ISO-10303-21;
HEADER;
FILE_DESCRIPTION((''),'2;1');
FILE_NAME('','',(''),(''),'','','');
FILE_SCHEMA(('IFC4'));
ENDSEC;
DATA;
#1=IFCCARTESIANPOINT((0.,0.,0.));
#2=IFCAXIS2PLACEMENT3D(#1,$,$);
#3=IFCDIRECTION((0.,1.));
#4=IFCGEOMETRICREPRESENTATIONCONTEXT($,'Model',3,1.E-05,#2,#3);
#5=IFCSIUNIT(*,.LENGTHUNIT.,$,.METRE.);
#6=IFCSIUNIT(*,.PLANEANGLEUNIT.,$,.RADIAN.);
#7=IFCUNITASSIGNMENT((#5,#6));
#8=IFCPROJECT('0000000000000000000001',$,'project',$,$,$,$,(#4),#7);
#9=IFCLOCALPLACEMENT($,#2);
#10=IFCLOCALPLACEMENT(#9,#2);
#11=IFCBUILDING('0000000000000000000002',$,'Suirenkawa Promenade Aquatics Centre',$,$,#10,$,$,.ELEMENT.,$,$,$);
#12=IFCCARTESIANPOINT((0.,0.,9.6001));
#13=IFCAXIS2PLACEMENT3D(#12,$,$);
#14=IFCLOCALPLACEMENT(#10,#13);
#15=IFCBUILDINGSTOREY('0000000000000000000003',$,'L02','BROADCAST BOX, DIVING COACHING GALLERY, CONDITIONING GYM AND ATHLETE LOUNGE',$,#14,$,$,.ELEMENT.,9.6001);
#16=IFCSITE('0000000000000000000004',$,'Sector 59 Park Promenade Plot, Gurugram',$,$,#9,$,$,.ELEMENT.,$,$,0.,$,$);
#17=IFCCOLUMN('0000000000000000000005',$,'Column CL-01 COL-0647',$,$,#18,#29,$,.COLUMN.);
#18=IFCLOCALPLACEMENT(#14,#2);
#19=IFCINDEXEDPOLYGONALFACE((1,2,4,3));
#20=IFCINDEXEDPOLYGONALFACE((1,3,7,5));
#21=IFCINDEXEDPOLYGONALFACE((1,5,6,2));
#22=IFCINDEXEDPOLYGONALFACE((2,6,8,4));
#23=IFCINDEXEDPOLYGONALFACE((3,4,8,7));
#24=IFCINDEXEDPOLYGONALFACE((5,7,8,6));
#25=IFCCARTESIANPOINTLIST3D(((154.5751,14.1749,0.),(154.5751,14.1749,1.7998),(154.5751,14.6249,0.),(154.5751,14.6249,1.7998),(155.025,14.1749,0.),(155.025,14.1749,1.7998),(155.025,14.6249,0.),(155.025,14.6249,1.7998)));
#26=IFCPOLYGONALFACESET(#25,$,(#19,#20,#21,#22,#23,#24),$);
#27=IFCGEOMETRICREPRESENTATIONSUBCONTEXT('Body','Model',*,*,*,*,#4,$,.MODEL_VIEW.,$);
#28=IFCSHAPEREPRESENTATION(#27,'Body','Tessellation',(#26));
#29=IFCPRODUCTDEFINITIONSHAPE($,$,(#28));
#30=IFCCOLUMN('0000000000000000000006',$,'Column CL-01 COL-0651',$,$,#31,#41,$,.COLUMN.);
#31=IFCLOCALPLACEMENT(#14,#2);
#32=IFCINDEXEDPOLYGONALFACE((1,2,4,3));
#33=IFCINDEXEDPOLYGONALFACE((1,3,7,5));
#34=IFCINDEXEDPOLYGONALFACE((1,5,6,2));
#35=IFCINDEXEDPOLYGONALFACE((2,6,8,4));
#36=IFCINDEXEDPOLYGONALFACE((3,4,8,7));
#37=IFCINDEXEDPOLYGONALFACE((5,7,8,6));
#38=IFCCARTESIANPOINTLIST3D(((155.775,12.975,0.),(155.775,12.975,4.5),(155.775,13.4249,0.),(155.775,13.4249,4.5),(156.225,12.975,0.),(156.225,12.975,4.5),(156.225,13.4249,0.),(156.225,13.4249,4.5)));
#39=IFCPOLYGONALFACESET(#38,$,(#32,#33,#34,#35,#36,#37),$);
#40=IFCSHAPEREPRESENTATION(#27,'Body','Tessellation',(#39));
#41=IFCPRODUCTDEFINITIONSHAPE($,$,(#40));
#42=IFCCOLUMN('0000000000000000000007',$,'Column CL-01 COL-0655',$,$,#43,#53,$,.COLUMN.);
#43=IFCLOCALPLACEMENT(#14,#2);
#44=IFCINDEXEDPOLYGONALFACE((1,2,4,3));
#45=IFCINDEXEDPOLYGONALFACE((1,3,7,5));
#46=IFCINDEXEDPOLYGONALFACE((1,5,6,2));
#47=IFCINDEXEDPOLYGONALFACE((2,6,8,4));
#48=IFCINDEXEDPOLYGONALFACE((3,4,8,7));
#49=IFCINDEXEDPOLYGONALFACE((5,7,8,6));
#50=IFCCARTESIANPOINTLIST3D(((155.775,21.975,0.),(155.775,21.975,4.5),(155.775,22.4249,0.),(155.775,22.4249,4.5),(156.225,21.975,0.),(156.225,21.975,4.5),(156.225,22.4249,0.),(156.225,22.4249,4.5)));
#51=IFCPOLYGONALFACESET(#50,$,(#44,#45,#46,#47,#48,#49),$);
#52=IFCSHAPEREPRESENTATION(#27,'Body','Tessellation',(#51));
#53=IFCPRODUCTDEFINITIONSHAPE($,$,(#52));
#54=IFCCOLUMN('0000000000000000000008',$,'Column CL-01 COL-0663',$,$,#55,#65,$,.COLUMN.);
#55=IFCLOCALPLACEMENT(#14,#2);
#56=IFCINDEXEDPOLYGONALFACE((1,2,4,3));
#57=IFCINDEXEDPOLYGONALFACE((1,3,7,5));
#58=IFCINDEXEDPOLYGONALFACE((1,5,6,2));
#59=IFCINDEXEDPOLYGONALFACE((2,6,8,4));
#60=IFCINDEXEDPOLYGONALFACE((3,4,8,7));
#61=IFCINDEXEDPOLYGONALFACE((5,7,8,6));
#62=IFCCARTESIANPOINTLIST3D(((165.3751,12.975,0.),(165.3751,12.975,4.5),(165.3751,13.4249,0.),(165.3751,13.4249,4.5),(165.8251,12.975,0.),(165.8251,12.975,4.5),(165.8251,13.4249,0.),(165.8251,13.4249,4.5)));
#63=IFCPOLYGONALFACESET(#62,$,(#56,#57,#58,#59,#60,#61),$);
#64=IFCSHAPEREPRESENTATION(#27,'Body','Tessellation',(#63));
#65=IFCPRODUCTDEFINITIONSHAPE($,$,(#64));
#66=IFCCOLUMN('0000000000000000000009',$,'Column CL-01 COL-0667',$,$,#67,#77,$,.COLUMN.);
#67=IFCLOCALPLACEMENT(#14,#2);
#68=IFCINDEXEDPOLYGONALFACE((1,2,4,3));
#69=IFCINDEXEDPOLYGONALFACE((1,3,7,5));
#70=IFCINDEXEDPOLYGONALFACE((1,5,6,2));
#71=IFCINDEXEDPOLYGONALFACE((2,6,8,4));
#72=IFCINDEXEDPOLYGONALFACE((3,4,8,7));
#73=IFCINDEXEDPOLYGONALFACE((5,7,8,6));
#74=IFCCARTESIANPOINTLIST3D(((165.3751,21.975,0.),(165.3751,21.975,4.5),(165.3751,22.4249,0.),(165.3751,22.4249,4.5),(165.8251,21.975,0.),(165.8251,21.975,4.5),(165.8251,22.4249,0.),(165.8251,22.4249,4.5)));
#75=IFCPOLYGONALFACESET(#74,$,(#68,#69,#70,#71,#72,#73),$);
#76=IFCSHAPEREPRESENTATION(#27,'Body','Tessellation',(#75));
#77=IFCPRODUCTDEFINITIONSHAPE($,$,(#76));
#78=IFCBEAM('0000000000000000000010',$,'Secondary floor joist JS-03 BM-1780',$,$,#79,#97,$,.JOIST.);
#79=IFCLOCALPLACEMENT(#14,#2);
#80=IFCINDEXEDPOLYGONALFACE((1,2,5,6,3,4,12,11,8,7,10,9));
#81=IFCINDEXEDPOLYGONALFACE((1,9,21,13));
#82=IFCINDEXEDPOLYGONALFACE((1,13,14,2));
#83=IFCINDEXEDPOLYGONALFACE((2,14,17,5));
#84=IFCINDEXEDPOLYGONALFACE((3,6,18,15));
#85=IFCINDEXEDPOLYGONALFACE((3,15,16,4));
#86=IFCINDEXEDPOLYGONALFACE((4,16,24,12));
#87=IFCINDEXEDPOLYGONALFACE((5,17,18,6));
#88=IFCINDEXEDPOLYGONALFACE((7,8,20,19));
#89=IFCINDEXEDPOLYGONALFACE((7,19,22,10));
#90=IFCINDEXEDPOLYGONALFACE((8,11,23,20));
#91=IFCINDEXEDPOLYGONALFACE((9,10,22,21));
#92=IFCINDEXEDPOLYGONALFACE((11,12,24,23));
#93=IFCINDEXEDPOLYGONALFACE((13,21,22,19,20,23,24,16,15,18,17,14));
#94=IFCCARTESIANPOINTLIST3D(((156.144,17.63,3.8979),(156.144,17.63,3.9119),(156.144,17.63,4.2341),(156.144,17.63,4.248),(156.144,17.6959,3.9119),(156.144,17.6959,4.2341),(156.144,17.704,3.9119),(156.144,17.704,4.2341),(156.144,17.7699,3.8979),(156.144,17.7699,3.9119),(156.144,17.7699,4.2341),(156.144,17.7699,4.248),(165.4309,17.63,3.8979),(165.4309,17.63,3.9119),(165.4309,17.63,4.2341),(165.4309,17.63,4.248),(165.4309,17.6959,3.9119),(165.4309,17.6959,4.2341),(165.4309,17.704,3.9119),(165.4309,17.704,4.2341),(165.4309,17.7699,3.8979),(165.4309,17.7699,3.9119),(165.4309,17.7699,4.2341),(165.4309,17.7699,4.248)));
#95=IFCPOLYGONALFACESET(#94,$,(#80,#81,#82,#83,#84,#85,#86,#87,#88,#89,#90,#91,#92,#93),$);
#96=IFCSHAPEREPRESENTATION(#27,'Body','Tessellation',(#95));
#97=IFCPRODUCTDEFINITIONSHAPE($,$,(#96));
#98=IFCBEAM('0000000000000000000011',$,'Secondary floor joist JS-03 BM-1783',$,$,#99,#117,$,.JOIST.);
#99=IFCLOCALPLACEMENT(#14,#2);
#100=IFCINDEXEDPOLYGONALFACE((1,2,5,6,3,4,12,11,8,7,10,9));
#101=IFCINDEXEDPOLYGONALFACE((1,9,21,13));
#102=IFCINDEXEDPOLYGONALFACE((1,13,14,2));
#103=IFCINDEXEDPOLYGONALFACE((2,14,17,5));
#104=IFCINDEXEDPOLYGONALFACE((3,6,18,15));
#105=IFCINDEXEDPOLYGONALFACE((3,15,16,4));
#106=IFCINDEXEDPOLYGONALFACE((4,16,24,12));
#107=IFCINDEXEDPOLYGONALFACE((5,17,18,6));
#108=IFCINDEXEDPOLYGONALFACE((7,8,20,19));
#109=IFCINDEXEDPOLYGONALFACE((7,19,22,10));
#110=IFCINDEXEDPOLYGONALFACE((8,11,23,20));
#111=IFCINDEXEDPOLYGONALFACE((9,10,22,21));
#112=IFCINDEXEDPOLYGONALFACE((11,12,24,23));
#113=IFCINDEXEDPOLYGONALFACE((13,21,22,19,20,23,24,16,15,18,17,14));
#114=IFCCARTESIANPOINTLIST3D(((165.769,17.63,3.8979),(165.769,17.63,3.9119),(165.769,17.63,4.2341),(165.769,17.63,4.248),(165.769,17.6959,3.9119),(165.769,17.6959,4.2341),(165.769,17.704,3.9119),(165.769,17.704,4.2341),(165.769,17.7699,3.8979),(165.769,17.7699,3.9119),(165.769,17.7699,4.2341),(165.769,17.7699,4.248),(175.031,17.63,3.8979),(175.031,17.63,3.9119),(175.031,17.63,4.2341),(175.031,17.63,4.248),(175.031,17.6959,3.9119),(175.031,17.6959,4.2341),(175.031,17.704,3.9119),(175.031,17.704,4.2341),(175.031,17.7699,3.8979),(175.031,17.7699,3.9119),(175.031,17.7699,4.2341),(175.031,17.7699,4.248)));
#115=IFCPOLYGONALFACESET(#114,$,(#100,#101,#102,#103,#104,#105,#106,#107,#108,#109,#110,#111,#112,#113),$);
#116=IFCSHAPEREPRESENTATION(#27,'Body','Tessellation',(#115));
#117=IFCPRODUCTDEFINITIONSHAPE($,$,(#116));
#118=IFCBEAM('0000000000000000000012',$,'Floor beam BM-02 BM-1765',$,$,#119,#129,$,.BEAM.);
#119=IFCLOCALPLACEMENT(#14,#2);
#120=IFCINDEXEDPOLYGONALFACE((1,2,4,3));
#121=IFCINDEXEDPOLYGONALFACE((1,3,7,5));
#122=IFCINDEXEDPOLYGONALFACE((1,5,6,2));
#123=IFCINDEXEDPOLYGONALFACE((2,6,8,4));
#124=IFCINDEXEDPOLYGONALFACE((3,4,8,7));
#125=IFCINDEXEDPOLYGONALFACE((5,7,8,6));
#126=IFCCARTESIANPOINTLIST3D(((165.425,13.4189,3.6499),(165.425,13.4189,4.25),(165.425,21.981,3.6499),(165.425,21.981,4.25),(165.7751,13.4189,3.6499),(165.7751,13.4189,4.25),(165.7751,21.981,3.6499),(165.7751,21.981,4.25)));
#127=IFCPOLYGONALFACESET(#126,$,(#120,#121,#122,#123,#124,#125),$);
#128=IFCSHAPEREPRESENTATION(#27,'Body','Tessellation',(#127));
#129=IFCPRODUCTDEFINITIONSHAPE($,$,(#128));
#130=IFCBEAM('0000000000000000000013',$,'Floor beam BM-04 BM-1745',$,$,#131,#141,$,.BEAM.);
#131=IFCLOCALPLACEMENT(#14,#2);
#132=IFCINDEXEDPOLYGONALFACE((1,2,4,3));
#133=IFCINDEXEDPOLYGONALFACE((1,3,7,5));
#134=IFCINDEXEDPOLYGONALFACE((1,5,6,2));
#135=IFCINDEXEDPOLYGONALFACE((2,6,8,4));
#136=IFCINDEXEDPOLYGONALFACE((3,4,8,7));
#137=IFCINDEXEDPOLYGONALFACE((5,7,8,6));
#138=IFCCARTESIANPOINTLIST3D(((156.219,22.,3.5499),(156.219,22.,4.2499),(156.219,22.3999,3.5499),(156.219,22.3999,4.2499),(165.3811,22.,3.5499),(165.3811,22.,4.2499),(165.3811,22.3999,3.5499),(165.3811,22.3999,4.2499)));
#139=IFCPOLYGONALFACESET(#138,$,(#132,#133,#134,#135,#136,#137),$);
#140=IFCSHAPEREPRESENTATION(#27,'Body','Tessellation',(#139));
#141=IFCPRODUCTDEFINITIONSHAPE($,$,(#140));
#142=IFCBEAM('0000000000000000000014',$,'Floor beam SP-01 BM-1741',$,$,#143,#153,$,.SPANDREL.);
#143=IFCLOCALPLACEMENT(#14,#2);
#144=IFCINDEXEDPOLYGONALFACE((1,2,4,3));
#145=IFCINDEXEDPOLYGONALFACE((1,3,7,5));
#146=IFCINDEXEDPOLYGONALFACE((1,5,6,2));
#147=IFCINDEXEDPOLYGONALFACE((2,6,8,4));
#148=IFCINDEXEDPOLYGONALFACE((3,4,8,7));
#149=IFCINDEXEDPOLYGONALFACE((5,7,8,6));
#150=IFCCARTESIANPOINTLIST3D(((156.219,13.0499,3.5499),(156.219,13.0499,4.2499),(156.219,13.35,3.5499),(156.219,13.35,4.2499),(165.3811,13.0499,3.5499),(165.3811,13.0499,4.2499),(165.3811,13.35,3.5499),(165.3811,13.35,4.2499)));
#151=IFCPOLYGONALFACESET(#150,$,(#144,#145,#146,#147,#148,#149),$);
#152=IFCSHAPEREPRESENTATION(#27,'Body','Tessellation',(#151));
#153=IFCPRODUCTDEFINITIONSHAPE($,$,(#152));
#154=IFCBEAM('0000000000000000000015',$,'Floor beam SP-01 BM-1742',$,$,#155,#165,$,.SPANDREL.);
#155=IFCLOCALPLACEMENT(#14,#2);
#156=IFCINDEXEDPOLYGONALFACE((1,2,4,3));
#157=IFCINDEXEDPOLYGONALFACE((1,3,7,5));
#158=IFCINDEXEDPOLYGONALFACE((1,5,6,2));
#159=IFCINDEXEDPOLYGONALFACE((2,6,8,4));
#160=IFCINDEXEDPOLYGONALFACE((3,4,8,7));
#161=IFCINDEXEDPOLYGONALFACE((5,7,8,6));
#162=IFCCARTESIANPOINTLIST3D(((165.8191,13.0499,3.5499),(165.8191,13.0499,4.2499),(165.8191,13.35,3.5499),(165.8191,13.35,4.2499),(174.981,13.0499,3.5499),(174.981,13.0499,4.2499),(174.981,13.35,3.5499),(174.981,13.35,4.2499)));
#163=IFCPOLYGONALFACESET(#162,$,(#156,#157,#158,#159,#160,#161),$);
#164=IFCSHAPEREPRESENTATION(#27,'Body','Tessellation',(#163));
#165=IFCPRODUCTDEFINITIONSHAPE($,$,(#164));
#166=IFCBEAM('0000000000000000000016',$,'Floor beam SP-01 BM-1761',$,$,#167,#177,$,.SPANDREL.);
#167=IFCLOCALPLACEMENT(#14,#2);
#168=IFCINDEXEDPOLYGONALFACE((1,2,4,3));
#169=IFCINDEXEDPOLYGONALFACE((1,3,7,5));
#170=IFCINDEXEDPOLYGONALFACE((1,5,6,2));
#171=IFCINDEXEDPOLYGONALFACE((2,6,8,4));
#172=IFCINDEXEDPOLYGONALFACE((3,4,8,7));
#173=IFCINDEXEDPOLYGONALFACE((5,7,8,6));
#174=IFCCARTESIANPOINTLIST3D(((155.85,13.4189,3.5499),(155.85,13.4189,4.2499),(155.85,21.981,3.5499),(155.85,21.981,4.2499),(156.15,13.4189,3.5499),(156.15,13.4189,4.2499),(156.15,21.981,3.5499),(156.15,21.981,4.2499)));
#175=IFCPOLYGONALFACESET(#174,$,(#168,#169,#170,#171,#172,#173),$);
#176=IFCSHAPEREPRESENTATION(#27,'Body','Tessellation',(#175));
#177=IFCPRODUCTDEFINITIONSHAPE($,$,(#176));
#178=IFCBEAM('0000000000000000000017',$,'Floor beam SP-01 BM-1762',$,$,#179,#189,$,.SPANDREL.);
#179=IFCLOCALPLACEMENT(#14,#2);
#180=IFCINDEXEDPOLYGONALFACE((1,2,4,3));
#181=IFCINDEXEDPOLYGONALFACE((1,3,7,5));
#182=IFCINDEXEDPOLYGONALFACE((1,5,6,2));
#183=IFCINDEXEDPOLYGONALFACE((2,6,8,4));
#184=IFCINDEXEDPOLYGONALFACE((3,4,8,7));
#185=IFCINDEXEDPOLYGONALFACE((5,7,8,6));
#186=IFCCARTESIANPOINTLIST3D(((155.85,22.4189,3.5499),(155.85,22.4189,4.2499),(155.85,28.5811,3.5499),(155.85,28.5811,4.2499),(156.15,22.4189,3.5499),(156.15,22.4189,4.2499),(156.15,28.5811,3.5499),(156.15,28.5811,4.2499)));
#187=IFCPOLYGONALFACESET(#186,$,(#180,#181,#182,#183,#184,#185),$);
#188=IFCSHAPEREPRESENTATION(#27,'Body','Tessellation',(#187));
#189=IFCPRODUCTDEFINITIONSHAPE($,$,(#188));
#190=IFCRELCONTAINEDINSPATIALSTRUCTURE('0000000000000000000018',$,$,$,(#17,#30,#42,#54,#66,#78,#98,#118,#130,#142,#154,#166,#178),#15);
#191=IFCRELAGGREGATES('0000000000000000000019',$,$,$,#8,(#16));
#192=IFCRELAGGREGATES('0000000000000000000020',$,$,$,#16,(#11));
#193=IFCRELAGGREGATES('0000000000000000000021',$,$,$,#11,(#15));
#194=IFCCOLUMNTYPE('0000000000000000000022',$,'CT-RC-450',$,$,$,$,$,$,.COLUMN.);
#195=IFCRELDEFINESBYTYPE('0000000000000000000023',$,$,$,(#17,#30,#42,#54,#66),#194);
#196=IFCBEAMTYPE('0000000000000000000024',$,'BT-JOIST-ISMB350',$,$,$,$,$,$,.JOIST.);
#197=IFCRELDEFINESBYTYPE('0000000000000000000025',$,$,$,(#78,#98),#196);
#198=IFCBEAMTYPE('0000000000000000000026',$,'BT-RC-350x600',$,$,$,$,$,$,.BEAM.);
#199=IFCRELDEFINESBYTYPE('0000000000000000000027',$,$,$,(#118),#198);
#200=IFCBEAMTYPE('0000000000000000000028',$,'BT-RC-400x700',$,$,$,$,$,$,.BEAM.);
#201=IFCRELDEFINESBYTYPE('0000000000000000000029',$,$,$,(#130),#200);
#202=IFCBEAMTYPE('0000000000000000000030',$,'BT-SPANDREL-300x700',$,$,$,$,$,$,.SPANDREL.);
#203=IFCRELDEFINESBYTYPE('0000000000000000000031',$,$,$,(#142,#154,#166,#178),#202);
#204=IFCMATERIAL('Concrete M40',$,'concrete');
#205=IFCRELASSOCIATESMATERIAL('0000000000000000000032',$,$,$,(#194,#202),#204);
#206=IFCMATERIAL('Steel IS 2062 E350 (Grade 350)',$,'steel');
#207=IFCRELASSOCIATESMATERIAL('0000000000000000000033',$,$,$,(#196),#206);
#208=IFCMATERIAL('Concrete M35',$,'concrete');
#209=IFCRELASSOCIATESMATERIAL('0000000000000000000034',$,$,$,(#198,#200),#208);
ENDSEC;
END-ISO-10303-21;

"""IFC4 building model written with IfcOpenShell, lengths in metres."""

from ifc_helpers import new_model, si_unit, direction, frame, origin, origin_2d, place, context, subcontext, project, spatial, rectangle, i_section, extrude, material, material_profile, profile_set, type_object, element, save


model = new_model("IFC4")

# Units and contexts
model_context = context("Model", 3, precision=1e-05, world=origin(), true_north=direction((0.0, 1.0)))
body_context = subcontext(model_context, "Body", "Model", "MODEL_VIEW")
ifc_project = project(units=[si_unit("LENGTHUNIT", "METRE"), si_unit("PLANEANGLEUNIT", "RADIAN")], contexts=[model_context])

# Site, building, storey
site_placement = place(None, origin())
site = spatial("IfcSite", under=ifc_project, at=site_placement, Name="Sector 59 Park Promenade Plot, Gurugram", CompositionType="ELEMENT", RefElevation=0.0)
building_placement = place(site_placement, origin())
building = spatial("IfcBuilding", under=site, at=building_placement, Name="Suirenkawa Promenade Aquatics Centre", CompositionType="ELEMENT")
storey_placement = place(building_placement, frame((0.0, 0.0, 9.6001)))
storey = spatial("IfcBuildingStorey", under=building, at=storey_placement, Name="L02", Description="BROADCAST BOX, DIVING COACHING GALLERY, CONDITIONING GYM AND ATHLETE LOUNGE", CompositionType="ELEMENT", Elevation=9.6001)

# Columns
ifc_material_1 = material(Name="Concrete M40", Category="concrete")
ifc_material_profile_1 = material_profile(ifc_material_1, rectangle(XDim=0.45, YDim=0.45, at=origin_2d()), Name="RC COL 450x450", Category="concrete")
ifc_profile_set_1 = profile_set([ifc_material_profile_1], Name="Concrete M40")
column_type = type_object("IfcColumnType", Name="CT-RC-450", PredefinedType="COLUMN", material=ifc_profile_set_1)
column_placement = place(storey_placement, frame((154.8, 14.3999, 0.0), z_axis=(0.0, 0.0, 1.0), x_axis=(1.0, 0.0, 0.0)))
element("IfcColumn", 1, at=column_placement, inside=storey, type_object=column_type, Name="Column CL-01 COL-0647", PredefinedType="COLUMN", context=body_context, shape_type="SweptSolid", body=[
    extrude(rectangle(XDim=0.45, YDim=0.45, at=origin_2d()), origin(), (0.0, 0.0, 1.0), 1.7998),
])
for number, where, z_axis, x_axis, name in (
    (2, (156.0, 13.2, 0.0), (0.0, 0.0, 1.0), (1.0, 0.0, 0.0), "Column CL-01 COL-0651"),
    (3, (156.0, 22.2, 0.0), (0.0, 0.0, 1.0), (1.0, 0.0, 0.0), "Column CL-01 COL-0655"),
    (4, (165.6001, 13.2, 0.0), (0.0, 0.0, 1.0), (1.0, 0.0, 0.0), "Column CL-01 COL-0663"),
    (5, (165.6001, 22.2, 0.0), (0.0, 0.0, 1.0), (1.0, 0.0, 0.0), "Column CL-01 COL-0667"),
):
    element("IfcColumn", number, at=place(storey_placement, frame(where, z_axis=z_axis, x_axis=x_axis)), inside=storey, type_object=column_type, Name=name, PredefinedType="COLUMN", context=body_context, shape_type="SweptSolid", body=[
        extrude(rectangle(XDim=0.45, YDim=0.45, at=origin_2d()), origin(), (0.0, 0.0, 1.0), 4.5),
    ])

# Beams
ifc_material_2 = material(Name="Steel IS 2062 E350 (Grade 350)", Category="steel")
ifc_material_profile_2 = material_profile(ifc_material_2, i_section(OverallWidth=0.1399, OverallDepth=0.3501, WebThickness=0.0081, FlangeThickness=0.0139, at=origin_2d()), Name="ISMB 350", Category="steel")
ifc_profile_set_2 = profile_set([ifc_material_profile_2], Name="Steel IS 2062 E350 (Grade 350)")
beam_type_1 = type_object("IfcBeamType", Name="BT-JOIST-ISMB350", PredefinedType="JOIST", material=ifc_profile_set_2)
beam_1_placement = place(storey_placement, frame((156.144, 17.7, 4.073), z_axis=(1.0, 0.0, 0.0), x_axis=(0.0, 1.0, 0.0)))
element("IfcBeam", 6, at=beam_1_placement, inside=storey, type_object=beam_type_1, Name="Secondary floor joist JS-03 BM-1780", PredefinedType="JOIST", context=body_context, shape_type="SweptSolid", body=[
    extrude(i_section(OverallWidth=0.1399, OverallDepth=0.3501, WebThickness=0.0081, FlangeThickness=0.0139, at=origin_2d()), origin(), (0.0, 0.0, 1.0), 9.2869),
])
beam_2_placement = place(storey_placement, frame((165.769, 17.7, 4.073), z_axis=(1.0, 0.0, 0.0), x_axis=(0.0, 1.0, 0.0)))
element("IfcBeam", 7, at=beam_2_placement, inside=storey, type_object=beam_type_1, Name="Secondary floor joist JS-03 BM-1783", PredefinedType="JOIST", context=body_context, shape_type="SweptSolid", body=[
    extrude(i_section(OverallWidth=0.1399, OverallDepth=0.3501, WebThickness=0.0081, FlangeThickness=0.0139, at=origin_2d()), origin(), (0.0, 0.0, 1.0), 9.262),
])
ifc_material_3 = material(Name="Concrete M35", Category="concrete")
ifc_material_profile_3 = material_profile(ifc_material_3, rectangle(XDim=0.3501, YDim=0.6001, at=origin_2d()), Name="RC BM 350x600", Category="concrete")
ifc_profile_set_3 = profile_set([ifc_material_profile_3], Name="Concrete M35")
beam_type_2 = type_object("IfcBeamType", Name="BT-RC-350x600", PredefinedType="BEAM", material=ifc_profile_set_3)
beam_3_placement = place(storey_placement, frame((165.6001, 13.4189, 3.95), z_axis=(0.0, 1.0, 0.0), x_axis=(-1.0, 0.0, 0.0)))
element("IfcBeam", 8, at=beam_3_placement, inside=storey, type_object=beam_type_2, Name="Floor beam BM-02 BM-1765", PredefinedType="BEAM", context=body_context, shape_type="SweptSolid", body=[
    extrude(rectangle(XDim=0.3501, YDim=0.6001, at=origin_2d()), origin(), (0.0, 0.0, 1.0), 8.562),
])
ifc_material_profile_4 = material_profile(ifc_material_3, rectangle(XDim=0.3999, YDim=0.7, at=origin_2d()), Name="RC BM 400x700", Category="concrete")
ifc_profile_set_4 = profile_set([ifc_material_profile_4], Name="Concrete M35")
beam_type_3 = type_object("IfcBeamType", Name="BT-RC-400x700", PredefinedType="BEAM", material=ifc_profile_set_4)
beam_4_placement = place(storey_placement, frame((156.219, 22.2, 3.8999), z_axis=(1.0, 0.0, 0.0), x_axis=(0.0, 1.0, 0.0)))
element("IfcBeam", 9, at=beam_4_placement, inside=storey, type_object=beam_type_3, Name="Floor beam BM-04 BM-1745", PredefinedType="BEAM", context=body_context, shape_type="SweptSolid", body=[
    extrude(rectangle(XDim=0.3999, YDim=0.7, at=origin_2d()), origin(), (0.0, 0.0, 1.0), 9.1621),
])
ifc_material_profile_5 = material_profile(ifc_material_1, rectangle(XDim=0.3, YDim=0.7, at=origin_2d()), Name="RC SPANDREL 300x700", Category="concrete")
ifc_profile_set_5 = profile_set([ifc_material_profile_5], Name="Concrete M40")
beam_type_4 = type_object("IfcBeamType", Name="BT-SPANDREL-300x700", PredefinedType="SPANDREL", material=ifc_profile_set_5)
beam_5_placement = place(storey_placement, frame((156.219, 13.2, 3.8999), z_axis=(1.0, 0.0, 0.0), x_axis=(0.0, 1.0, 0.0)))
element("IfcBeam", 10, at=beam_5_placement, inside=storey, type_object=beam_type_4, Name="Floor beam SP-01 BM-1741", PredefinedType="SPANDREL", context=body_context, shape_type="SweptSolid", body=[
    extrude(rectangle(XDim=0.3, YDim=0.7, at=origin_2d()), origin(), (0.0, 0.0, 1.0), 9.1621),
])
beam_6_placement = place(storey_placement, frame((165.8191, 13.2, 3.8999), z_axis=(1.0, 0.0, 0.0), x_axis=(0.0, 1.0, 0.0)))
element("IfcBeam", 11, at=beam_6_placement, inside=storey, type_object=beam_type_4, Name="Floor beam SP-01 BM-1742", PredefinedType="SPANDREL", context=body_context, shape_type="SweptSolid", body=[
    extrude(rectangle(XDim=0.3, YDim=0.7, at=origin_2d()), origin(), (0.0, 0.0, 1.0), 9.1619),
])
beam_7_placement = place(storey_placement, frame((156.0, 13.4189, 3.8999), z_axis=(0.0, 1.0, 0.0), x_axis=(-1.0, 0.0, 0.0)))
element("IfcBeam", 12, at=beam_7_placement, inside=storey, type_object=beam_type_4, Name="Floor beam SP-01 BM-1761", PredefinedType="SPANDREL", context=body_context, shape_type="SweptSolid", body=[
    extrude(rectangle(XDim=0.3, YDim=0.7, at=origin_2d()), origin(), (0.0, 0.0, 1.0), 8.562),
])
beam_8_placement = place(storey_placement, frame((156.0, 22.4189, 3.8999), z_axis=(0.0, 1.0, 0.0), x_axis=(-1.0, 0.0, 0.0)))
element("IfcBeam", 13, at=beam_8_placement, inside=storey, type_object=beam_type_4, Name="Floor beam SP-01 BM-1762", PredefinedType="SPANDREL", context=body_context, shape_type="SweptSolid", body=[
    extrude(rectangle(XDim=0.3, YDim=0.7, at=origin_2d()), origin(), (0.0, 0.0, 1.0), 6.1621),
])

save(model, "model.ifc")
